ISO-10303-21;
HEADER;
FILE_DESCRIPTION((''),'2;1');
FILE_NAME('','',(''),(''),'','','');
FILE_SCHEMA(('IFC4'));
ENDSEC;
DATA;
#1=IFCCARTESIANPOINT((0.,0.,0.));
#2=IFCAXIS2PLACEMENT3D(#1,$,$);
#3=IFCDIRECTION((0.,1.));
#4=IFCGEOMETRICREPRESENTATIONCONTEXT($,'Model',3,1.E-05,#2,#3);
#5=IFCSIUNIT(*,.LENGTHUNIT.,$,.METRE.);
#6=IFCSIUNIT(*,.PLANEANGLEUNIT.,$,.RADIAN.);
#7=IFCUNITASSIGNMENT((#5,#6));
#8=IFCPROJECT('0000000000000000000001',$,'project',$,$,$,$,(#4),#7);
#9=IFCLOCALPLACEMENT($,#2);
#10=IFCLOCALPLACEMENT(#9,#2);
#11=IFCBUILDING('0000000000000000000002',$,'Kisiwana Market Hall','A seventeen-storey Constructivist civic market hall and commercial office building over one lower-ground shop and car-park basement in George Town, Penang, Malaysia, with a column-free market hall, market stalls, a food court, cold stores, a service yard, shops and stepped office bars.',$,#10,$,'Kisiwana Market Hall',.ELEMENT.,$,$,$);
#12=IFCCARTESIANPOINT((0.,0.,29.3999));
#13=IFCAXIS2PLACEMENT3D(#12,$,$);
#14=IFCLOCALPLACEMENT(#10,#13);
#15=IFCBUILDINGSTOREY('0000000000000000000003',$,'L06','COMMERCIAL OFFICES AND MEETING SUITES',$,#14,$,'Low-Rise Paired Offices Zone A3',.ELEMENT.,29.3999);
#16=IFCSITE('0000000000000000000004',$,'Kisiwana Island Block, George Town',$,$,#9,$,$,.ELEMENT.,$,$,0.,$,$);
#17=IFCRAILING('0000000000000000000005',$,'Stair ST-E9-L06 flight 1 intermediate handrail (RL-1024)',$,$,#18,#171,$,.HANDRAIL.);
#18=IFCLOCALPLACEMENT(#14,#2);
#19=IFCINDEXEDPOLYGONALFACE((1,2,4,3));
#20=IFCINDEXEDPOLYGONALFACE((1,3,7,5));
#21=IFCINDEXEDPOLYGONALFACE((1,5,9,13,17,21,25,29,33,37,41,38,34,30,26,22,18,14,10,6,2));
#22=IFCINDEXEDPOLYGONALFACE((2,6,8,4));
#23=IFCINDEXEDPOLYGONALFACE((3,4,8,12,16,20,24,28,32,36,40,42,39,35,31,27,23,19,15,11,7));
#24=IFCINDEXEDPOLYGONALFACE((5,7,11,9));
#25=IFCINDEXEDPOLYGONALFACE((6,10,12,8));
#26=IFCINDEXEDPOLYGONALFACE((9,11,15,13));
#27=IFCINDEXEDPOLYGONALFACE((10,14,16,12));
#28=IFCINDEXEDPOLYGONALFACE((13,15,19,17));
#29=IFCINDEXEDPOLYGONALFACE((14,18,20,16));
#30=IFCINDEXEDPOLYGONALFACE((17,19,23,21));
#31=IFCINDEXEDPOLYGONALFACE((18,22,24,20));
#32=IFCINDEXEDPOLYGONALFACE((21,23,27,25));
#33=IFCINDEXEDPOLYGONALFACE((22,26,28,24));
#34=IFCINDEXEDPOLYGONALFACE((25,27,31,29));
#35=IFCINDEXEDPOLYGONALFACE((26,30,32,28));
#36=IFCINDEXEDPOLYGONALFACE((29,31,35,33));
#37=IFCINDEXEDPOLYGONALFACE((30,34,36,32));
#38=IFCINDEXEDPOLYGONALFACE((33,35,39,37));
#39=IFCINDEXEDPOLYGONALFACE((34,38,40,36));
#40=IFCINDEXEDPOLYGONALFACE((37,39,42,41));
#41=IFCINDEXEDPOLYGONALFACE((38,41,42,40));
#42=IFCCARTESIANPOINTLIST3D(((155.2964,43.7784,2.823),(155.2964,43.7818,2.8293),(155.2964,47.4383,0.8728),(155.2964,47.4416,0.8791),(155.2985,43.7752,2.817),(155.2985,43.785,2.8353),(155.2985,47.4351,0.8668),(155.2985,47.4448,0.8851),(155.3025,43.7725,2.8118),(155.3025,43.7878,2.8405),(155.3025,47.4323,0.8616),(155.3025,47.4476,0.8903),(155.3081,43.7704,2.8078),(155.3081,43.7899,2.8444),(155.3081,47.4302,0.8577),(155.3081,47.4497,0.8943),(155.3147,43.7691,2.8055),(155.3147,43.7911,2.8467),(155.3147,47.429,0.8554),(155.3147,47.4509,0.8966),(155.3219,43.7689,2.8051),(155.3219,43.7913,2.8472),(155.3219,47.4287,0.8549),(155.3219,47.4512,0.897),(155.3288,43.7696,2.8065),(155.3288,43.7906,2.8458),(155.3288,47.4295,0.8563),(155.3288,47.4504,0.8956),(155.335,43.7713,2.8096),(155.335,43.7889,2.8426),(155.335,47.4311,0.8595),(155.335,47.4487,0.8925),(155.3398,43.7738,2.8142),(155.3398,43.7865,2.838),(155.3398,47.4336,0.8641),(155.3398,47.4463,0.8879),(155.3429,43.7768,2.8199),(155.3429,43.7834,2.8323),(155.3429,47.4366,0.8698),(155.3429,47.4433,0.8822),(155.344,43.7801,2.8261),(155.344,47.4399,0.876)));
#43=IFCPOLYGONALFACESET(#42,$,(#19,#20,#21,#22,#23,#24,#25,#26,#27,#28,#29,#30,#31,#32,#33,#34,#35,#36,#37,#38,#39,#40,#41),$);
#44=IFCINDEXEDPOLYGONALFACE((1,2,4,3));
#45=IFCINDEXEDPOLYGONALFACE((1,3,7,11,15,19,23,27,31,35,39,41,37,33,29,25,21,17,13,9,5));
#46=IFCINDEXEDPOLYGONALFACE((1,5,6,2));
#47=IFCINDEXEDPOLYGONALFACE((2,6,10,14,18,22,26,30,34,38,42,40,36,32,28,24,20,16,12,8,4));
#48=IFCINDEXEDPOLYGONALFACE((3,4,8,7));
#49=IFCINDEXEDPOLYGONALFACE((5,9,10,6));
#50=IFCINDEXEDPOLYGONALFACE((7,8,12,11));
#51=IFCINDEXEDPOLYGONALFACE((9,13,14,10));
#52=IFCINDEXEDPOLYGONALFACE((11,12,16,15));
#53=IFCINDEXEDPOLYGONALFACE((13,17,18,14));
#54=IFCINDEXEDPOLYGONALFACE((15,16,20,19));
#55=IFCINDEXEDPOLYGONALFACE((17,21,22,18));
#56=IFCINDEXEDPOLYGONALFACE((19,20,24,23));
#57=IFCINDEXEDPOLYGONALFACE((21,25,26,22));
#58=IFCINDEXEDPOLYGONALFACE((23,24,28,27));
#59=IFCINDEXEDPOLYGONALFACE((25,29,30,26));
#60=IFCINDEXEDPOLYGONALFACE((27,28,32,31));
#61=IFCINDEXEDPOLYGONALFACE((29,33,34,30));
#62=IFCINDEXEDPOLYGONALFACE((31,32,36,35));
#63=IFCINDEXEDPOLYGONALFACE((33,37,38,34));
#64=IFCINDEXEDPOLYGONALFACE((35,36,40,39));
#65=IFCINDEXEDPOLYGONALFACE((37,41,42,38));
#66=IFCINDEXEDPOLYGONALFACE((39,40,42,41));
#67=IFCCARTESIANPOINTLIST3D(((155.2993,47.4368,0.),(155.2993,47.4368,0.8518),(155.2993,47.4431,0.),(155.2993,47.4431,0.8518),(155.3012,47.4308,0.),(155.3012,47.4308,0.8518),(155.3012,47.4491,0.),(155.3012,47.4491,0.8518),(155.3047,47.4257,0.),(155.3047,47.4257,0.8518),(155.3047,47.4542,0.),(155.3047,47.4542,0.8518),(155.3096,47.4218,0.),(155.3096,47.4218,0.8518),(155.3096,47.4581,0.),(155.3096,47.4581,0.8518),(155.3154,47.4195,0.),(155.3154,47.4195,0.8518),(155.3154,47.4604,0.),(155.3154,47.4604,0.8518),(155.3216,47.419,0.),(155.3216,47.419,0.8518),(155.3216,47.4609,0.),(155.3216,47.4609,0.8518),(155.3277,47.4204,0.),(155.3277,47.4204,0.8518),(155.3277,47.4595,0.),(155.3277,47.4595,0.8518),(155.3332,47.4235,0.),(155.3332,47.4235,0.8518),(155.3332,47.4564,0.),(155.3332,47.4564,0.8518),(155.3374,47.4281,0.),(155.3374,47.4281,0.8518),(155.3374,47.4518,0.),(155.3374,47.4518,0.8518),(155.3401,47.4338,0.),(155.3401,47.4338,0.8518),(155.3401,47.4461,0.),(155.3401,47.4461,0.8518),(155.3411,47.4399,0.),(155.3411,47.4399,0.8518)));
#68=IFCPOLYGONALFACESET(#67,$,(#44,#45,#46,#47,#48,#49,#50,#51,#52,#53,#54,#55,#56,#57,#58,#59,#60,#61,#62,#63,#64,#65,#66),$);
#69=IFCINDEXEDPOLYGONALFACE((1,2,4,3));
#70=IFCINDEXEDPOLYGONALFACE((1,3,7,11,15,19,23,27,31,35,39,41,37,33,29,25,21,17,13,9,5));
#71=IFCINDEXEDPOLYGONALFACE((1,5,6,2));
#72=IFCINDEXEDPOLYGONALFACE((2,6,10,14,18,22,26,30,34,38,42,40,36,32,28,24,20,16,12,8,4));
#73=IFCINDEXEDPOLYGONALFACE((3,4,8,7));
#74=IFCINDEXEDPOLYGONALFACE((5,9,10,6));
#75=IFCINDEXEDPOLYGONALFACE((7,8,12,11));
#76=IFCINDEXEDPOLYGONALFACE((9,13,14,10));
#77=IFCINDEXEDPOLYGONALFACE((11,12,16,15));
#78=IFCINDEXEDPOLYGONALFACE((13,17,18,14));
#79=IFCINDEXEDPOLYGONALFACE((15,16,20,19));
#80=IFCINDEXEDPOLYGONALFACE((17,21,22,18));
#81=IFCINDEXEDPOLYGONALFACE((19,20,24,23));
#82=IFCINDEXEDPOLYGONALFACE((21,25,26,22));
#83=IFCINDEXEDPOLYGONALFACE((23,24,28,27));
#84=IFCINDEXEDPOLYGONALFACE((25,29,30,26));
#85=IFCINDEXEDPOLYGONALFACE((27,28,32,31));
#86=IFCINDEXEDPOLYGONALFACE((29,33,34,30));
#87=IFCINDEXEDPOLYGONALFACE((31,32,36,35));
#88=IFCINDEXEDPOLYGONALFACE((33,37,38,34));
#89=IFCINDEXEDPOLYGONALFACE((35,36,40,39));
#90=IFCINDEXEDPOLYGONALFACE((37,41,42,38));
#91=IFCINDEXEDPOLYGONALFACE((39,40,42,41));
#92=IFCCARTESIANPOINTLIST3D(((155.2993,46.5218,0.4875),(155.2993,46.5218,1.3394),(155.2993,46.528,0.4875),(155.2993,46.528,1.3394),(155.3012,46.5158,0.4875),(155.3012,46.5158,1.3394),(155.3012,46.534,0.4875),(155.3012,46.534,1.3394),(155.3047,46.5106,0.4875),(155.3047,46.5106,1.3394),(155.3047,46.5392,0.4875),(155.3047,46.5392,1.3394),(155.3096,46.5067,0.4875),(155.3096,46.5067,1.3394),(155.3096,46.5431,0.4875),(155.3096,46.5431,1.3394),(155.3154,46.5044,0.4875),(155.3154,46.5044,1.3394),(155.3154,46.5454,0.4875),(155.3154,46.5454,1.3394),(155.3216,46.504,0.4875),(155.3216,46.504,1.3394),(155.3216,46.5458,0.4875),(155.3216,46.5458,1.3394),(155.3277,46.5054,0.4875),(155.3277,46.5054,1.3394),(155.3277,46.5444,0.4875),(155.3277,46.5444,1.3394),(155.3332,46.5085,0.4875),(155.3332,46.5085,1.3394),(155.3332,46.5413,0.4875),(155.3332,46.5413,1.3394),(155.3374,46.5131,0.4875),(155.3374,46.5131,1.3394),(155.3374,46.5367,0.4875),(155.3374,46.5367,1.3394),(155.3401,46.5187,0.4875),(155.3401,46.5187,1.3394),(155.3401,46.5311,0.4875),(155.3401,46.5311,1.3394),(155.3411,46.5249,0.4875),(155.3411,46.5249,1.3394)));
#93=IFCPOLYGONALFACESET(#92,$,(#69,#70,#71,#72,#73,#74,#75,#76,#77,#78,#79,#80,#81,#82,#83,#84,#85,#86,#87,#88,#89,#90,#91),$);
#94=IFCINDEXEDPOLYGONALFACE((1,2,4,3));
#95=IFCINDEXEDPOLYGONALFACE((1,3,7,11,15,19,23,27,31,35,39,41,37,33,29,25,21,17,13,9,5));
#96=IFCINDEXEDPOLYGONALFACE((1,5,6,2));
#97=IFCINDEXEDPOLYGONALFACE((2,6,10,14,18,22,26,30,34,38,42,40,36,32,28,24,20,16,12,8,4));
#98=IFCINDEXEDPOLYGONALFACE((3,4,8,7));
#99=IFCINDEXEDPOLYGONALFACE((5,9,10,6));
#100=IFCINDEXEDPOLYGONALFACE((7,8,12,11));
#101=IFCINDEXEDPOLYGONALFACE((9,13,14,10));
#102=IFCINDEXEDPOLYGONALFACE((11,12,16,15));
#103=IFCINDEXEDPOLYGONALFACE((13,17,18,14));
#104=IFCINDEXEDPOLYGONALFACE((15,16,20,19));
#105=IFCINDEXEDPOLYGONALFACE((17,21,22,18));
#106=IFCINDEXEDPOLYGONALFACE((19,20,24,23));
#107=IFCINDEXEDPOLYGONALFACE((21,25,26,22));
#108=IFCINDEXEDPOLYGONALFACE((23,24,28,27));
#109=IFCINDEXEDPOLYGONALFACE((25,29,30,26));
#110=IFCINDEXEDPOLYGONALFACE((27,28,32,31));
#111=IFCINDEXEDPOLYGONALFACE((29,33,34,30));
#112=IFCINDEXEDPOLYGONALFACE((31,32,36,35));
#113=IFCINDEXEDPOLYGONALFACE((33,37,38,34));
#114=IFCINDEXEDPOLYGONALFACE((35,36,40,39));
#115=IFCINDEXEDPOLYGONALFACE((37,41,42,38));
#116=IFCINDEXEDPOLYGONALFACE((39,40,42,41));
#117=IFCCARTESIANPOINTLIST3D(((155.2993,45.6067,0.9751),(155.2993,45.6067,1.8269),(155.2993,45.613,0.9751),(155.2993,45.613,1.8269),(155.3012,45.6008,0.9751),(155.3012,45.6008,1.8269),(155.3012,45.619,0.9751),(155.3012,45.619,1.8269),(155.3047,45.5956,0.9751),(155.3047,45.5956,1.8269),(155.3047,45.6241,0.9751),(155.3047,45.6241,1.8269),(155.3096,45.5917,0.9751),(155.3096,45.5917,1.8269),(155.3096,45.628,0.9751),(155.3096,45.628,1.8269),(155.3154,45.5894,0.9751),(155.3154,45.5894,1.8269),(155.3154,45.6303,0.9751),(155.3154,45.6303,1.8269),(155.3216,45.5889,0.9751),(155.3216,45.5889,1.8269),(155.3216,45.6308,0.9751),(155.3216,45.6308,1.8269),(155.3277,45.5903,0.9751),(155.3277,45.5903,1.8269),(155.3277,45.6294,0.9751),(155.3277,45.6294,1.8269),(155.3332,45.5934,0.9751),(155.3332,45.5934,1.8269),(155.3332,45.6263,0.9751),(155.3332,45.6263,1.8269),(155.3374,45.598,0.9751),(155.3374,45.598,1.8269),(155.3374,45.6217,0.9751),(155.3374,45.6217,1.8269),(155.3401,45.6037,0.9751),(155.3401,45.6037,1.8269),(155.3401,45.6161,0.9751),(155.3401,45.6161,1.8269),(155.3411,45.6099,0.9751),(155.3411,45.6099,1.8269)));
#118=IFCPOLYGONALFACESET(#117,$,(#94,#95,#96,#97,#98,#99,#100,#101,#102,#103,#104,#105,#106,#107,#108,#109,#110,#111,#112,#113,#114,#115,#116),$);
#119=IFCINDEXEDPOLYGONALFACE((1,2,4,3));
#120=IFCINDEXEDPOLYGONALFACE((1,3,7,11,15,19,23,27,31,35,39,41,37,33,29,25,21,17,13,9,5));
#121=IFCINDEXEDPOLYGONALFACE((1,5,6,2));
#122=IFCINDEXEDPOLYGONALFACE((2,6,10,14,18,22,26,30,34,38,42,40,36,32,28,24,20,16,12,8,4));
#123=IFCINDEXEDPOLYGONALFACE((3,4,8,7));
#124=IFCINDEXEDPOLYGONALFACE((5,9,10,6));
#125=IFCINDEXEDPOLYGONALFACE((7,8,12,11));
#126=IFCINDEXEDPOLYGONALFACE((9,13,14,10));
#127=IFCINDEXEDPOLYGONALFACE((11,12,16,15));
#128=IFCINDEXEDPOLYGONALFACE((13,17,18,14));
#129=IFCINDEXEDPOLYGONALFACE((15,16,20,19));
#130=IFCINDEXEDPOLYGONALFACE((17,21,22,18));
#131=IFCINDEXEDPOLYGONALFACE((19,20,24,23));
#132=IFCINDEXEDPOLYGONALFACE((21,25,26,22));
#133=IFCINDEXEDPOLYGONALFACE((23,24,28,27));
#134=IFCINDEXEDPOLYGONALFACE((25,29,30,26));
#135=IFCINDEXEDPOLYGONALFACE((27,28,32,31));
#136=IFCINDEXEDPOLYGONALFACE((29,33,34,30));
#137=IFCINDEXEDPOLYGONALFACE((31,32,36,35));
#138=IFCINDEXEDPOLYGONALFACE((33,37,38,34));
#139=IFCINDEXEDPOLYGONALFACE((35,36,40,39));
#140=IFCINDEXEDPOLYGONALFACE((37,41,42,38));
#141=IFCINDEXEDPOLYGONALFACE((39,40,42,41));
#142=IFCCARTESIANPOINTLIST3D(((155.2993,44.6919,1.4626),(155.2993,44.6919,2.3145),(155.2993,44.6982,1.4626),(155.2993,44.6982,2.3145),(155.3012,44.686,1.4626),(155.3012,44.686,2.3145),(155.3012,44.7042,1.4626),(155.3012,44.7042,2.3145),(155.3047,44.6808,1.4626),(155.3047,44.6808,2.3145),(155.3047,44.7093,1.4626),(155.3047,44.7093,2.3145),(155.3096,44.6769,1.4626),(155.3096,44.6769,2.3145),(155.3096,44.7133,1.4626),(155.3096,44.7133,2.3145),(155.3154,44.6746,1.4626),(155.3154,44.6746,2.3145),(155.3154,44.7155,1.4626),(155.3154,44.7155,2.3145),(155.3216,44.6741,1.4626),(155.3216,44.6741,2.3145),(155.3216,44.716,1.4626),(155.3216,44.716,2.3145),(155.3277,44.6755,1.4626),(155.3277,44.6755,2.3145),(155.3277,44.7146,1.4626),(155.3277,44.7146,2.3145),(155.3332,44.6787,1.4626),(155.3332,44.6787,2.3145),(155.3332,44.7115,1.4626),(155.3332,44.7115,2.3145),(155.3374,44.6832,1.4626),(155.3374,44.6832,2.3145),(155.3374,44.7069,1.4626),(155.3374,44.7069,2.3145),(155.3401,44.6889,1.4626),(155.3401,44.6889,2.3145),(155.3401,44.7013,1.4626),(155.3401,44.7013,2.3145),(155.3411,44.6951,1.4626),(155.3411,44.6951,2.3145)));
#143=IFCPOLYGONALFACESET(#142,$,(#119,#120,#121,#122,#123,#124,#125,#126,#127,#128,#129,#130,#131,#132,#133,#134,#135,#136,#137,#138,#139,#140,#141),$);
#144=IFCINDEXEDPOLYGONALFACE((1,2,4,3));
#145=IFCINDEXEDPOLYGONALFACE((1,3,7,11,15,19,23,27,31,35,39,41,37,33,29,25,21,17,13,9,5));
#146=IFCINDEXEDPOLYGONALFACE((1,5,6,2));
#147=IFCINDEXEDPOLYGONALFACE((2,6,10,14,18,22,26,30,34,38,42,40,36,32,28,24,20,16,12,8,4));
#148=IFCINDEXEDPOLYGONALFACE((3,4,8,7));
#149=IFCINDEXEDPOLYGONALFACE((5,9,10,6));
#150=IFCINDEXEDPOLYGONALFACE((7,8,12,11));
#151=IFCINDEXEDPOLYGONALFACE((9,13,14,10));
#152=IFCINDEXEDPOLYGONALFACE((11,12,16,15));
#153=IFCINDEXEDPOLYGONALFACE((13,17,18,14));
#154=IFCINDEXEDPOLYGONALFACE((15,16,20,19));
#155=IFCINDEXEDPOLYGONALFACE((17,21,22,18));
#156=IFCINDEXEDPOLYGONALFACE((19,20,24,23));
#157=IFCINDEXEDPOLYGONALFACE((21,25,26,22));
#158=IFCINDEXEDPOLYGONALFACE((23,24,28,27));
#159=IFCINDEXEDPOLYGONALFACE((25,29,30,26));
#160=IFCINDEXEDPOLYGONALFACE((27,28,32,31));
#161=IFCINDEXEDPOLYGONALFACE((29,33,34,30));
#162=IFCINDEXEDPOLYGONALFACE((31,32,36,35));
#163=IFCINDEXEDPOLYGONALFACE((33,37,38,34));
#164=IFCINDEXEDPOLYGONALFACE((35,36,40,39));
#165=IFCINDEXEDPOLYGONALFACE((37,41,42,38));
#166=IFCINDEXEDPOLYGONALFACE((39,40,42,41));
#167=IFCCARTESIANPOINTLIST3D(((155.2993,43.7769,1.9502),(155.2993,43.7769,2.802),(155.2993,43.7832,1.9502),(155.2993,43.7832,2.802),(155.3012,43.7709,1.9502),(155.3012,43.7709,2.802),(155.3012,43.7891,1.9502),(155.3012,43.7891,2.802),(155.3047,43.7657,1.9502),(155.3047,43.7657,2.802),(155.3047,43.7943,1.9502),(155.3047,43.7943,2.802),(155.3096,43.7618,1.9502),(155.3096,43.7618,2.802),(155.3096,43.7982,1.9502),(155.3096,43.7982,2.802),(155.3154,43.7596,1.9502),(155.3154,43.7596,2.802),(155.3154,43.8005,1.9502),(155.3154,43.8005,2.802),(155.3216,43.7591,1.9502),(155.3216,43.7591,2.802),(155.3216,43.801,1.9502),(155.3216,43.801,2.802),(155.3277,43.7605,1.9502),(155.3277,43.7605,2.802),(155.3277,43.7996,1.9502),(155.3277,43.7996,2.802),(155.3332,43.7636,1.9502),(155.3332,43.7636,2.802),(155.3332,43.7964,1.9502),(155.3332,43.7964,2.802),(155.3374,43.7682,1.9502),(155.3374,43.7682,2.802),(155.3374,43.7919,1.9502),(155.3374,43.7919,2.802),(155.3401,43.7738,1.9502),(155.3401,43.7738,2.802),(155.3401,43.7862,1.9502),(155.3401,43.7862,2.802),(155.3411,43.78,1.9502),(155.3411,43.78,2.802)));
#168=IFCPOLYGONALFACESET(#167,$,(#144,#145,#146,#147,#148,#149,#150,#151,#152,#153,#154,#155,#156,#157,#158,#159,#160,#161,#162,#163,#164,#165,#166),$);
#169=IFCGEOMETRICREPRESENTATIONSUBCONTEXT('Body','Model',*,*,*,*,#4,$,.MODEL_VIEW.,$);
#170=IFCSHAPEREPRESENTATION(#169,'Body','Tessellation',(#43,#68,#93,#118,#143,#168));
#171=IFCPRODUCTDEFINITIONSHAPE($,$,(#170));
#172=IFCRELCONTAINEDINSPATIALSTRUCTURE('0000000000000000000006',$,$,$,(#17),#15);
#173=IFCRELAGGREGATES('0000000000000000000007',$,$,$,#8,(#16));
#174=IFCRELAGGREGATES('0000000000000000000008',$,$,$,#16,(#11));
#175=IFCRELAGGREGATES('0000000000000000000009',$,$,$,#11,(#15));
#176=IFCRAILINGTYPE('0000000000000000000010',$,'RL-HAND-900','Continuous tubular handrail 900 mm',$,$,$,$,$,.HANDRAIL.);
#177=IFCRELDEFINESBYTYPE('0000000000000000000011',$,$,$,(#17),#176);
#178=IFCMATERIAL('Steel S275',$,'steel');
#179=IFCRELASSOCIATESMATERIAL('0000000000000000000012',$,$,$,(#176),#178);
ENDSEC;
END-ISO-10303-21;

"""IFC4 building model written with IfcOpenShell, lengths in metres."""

from ifc_helpers import new_model, si_unit, direction, frame, origin, origin_2d, place, context, subcontext, project, spatial, circle, extrude, material, type_object, element, save


model = new_model("IFC4")

# Units and contexts
model_context = context("Model", 3, precision=1e-05, world=origin(), true_north=direction((0.0, 1.0)))
body_context = subcontext(model_context, "Body", "Model", "MODEL_VIEW")
ifc_project = project(units=[si_unit("LENGTHUNIT", "METRE"), si_unit("PLANEANGLEUNIT", "RADIAN")], contexts=[model_context])

# Site, building, storey
site_placement = place(None, origin())
site = spatial("IfcSite", under=ifc_project, at=site_placement, Name="Kisiwana Island Block, George Town", CompositionType="ELEMENT", RefElevation=0.0)
building_placement = place(site_placement, origin())
building = spatial("IfcBuilding", under=site, at=building_placement, Name="Kisiwana Market Hall", Description="A seventeen-storey Constructivist civic market hall and commercial office building over one lower-ground shop and car-park basement in George Town, Penang, Malaysia, with a column-free market hall, market stalls, a food court, cold stores, a service yard, shops and stepped office bars.", LongName="Kisiwana Market Hall", CompositionType="ELEMENT")
storey_placement = place(building_placement, frame((0.0, 0.0, 29.3999)))
storey = spatial("IfcBuildingStorey", under=building, at=storey_placement, Name="L06", Description="COMMERCIAL OFFICES AND MEETING SUITES", LongName="Low-Rise Paired Offices Zone A3", CompositionType="ELEMENT", Elevation=29.3999)

# Railing
ifc_material_1 = material(Name="Steel S275", Category="steel")
railing_type_1 = type_object("IfcRailingType", Name="RL-HAND-900", Description="Continuous tubular handrail 900 mm", PredefinedType="HANDRAIL", material=ifc_material_1)
for number, where, name in (
    (1, (155.3201, 47.4399, 0.0), "Stair ST-E9-L06 flight 1 intermediate handrail (RL-1024)"),
):
    element("IfcRailing", number, at=place(storey_placement, frame(where)), inside=storey, type_object=railing_type_1, Name=name, PredefinedType="HANDRAIL", context=body_context, shape_type="SweptSolid", body=[
        extrude(circle(Radius=0.0239, at=origin_2d()), frame((0.0, 0.0, 0.876), z_axis=(0.0, -0.882529, 0.470258), x_axis=(1.0, 0.0, 0.0)), (0.0, 0.0, 1.0), 4.147),
        extrude(circle(Radius=0.021, at=origin_2d()), origin(), (0.0, 0.0, 1.0), 0.8518),
        extrude(circle(Radius=0.021, at=origin_2d()), frame((0.0, -0.915, 0.4875)), (0.0, 0.0, 1.0), 0.8518),
        extrude(circle(Radius=0.021, at=origin_2d()), frame((0.0, -1.8301, 0.9751)), (0.0, 0.0, 1.0), 0.8518),
        extrude(circle(Radius=0.021, at=origin_2d()), frame((0.0, -2.7449, 1.4626)), (0.0, 0.0, 1.0), 0.8518),
        extrude(circle(Radius=0.021, at=origin_2d()), frame((0.0, -3.6599, 1.9502)), (0.0, 0.0, 1.0), 0.8518),
    ])

save(model, "model.ifc")
